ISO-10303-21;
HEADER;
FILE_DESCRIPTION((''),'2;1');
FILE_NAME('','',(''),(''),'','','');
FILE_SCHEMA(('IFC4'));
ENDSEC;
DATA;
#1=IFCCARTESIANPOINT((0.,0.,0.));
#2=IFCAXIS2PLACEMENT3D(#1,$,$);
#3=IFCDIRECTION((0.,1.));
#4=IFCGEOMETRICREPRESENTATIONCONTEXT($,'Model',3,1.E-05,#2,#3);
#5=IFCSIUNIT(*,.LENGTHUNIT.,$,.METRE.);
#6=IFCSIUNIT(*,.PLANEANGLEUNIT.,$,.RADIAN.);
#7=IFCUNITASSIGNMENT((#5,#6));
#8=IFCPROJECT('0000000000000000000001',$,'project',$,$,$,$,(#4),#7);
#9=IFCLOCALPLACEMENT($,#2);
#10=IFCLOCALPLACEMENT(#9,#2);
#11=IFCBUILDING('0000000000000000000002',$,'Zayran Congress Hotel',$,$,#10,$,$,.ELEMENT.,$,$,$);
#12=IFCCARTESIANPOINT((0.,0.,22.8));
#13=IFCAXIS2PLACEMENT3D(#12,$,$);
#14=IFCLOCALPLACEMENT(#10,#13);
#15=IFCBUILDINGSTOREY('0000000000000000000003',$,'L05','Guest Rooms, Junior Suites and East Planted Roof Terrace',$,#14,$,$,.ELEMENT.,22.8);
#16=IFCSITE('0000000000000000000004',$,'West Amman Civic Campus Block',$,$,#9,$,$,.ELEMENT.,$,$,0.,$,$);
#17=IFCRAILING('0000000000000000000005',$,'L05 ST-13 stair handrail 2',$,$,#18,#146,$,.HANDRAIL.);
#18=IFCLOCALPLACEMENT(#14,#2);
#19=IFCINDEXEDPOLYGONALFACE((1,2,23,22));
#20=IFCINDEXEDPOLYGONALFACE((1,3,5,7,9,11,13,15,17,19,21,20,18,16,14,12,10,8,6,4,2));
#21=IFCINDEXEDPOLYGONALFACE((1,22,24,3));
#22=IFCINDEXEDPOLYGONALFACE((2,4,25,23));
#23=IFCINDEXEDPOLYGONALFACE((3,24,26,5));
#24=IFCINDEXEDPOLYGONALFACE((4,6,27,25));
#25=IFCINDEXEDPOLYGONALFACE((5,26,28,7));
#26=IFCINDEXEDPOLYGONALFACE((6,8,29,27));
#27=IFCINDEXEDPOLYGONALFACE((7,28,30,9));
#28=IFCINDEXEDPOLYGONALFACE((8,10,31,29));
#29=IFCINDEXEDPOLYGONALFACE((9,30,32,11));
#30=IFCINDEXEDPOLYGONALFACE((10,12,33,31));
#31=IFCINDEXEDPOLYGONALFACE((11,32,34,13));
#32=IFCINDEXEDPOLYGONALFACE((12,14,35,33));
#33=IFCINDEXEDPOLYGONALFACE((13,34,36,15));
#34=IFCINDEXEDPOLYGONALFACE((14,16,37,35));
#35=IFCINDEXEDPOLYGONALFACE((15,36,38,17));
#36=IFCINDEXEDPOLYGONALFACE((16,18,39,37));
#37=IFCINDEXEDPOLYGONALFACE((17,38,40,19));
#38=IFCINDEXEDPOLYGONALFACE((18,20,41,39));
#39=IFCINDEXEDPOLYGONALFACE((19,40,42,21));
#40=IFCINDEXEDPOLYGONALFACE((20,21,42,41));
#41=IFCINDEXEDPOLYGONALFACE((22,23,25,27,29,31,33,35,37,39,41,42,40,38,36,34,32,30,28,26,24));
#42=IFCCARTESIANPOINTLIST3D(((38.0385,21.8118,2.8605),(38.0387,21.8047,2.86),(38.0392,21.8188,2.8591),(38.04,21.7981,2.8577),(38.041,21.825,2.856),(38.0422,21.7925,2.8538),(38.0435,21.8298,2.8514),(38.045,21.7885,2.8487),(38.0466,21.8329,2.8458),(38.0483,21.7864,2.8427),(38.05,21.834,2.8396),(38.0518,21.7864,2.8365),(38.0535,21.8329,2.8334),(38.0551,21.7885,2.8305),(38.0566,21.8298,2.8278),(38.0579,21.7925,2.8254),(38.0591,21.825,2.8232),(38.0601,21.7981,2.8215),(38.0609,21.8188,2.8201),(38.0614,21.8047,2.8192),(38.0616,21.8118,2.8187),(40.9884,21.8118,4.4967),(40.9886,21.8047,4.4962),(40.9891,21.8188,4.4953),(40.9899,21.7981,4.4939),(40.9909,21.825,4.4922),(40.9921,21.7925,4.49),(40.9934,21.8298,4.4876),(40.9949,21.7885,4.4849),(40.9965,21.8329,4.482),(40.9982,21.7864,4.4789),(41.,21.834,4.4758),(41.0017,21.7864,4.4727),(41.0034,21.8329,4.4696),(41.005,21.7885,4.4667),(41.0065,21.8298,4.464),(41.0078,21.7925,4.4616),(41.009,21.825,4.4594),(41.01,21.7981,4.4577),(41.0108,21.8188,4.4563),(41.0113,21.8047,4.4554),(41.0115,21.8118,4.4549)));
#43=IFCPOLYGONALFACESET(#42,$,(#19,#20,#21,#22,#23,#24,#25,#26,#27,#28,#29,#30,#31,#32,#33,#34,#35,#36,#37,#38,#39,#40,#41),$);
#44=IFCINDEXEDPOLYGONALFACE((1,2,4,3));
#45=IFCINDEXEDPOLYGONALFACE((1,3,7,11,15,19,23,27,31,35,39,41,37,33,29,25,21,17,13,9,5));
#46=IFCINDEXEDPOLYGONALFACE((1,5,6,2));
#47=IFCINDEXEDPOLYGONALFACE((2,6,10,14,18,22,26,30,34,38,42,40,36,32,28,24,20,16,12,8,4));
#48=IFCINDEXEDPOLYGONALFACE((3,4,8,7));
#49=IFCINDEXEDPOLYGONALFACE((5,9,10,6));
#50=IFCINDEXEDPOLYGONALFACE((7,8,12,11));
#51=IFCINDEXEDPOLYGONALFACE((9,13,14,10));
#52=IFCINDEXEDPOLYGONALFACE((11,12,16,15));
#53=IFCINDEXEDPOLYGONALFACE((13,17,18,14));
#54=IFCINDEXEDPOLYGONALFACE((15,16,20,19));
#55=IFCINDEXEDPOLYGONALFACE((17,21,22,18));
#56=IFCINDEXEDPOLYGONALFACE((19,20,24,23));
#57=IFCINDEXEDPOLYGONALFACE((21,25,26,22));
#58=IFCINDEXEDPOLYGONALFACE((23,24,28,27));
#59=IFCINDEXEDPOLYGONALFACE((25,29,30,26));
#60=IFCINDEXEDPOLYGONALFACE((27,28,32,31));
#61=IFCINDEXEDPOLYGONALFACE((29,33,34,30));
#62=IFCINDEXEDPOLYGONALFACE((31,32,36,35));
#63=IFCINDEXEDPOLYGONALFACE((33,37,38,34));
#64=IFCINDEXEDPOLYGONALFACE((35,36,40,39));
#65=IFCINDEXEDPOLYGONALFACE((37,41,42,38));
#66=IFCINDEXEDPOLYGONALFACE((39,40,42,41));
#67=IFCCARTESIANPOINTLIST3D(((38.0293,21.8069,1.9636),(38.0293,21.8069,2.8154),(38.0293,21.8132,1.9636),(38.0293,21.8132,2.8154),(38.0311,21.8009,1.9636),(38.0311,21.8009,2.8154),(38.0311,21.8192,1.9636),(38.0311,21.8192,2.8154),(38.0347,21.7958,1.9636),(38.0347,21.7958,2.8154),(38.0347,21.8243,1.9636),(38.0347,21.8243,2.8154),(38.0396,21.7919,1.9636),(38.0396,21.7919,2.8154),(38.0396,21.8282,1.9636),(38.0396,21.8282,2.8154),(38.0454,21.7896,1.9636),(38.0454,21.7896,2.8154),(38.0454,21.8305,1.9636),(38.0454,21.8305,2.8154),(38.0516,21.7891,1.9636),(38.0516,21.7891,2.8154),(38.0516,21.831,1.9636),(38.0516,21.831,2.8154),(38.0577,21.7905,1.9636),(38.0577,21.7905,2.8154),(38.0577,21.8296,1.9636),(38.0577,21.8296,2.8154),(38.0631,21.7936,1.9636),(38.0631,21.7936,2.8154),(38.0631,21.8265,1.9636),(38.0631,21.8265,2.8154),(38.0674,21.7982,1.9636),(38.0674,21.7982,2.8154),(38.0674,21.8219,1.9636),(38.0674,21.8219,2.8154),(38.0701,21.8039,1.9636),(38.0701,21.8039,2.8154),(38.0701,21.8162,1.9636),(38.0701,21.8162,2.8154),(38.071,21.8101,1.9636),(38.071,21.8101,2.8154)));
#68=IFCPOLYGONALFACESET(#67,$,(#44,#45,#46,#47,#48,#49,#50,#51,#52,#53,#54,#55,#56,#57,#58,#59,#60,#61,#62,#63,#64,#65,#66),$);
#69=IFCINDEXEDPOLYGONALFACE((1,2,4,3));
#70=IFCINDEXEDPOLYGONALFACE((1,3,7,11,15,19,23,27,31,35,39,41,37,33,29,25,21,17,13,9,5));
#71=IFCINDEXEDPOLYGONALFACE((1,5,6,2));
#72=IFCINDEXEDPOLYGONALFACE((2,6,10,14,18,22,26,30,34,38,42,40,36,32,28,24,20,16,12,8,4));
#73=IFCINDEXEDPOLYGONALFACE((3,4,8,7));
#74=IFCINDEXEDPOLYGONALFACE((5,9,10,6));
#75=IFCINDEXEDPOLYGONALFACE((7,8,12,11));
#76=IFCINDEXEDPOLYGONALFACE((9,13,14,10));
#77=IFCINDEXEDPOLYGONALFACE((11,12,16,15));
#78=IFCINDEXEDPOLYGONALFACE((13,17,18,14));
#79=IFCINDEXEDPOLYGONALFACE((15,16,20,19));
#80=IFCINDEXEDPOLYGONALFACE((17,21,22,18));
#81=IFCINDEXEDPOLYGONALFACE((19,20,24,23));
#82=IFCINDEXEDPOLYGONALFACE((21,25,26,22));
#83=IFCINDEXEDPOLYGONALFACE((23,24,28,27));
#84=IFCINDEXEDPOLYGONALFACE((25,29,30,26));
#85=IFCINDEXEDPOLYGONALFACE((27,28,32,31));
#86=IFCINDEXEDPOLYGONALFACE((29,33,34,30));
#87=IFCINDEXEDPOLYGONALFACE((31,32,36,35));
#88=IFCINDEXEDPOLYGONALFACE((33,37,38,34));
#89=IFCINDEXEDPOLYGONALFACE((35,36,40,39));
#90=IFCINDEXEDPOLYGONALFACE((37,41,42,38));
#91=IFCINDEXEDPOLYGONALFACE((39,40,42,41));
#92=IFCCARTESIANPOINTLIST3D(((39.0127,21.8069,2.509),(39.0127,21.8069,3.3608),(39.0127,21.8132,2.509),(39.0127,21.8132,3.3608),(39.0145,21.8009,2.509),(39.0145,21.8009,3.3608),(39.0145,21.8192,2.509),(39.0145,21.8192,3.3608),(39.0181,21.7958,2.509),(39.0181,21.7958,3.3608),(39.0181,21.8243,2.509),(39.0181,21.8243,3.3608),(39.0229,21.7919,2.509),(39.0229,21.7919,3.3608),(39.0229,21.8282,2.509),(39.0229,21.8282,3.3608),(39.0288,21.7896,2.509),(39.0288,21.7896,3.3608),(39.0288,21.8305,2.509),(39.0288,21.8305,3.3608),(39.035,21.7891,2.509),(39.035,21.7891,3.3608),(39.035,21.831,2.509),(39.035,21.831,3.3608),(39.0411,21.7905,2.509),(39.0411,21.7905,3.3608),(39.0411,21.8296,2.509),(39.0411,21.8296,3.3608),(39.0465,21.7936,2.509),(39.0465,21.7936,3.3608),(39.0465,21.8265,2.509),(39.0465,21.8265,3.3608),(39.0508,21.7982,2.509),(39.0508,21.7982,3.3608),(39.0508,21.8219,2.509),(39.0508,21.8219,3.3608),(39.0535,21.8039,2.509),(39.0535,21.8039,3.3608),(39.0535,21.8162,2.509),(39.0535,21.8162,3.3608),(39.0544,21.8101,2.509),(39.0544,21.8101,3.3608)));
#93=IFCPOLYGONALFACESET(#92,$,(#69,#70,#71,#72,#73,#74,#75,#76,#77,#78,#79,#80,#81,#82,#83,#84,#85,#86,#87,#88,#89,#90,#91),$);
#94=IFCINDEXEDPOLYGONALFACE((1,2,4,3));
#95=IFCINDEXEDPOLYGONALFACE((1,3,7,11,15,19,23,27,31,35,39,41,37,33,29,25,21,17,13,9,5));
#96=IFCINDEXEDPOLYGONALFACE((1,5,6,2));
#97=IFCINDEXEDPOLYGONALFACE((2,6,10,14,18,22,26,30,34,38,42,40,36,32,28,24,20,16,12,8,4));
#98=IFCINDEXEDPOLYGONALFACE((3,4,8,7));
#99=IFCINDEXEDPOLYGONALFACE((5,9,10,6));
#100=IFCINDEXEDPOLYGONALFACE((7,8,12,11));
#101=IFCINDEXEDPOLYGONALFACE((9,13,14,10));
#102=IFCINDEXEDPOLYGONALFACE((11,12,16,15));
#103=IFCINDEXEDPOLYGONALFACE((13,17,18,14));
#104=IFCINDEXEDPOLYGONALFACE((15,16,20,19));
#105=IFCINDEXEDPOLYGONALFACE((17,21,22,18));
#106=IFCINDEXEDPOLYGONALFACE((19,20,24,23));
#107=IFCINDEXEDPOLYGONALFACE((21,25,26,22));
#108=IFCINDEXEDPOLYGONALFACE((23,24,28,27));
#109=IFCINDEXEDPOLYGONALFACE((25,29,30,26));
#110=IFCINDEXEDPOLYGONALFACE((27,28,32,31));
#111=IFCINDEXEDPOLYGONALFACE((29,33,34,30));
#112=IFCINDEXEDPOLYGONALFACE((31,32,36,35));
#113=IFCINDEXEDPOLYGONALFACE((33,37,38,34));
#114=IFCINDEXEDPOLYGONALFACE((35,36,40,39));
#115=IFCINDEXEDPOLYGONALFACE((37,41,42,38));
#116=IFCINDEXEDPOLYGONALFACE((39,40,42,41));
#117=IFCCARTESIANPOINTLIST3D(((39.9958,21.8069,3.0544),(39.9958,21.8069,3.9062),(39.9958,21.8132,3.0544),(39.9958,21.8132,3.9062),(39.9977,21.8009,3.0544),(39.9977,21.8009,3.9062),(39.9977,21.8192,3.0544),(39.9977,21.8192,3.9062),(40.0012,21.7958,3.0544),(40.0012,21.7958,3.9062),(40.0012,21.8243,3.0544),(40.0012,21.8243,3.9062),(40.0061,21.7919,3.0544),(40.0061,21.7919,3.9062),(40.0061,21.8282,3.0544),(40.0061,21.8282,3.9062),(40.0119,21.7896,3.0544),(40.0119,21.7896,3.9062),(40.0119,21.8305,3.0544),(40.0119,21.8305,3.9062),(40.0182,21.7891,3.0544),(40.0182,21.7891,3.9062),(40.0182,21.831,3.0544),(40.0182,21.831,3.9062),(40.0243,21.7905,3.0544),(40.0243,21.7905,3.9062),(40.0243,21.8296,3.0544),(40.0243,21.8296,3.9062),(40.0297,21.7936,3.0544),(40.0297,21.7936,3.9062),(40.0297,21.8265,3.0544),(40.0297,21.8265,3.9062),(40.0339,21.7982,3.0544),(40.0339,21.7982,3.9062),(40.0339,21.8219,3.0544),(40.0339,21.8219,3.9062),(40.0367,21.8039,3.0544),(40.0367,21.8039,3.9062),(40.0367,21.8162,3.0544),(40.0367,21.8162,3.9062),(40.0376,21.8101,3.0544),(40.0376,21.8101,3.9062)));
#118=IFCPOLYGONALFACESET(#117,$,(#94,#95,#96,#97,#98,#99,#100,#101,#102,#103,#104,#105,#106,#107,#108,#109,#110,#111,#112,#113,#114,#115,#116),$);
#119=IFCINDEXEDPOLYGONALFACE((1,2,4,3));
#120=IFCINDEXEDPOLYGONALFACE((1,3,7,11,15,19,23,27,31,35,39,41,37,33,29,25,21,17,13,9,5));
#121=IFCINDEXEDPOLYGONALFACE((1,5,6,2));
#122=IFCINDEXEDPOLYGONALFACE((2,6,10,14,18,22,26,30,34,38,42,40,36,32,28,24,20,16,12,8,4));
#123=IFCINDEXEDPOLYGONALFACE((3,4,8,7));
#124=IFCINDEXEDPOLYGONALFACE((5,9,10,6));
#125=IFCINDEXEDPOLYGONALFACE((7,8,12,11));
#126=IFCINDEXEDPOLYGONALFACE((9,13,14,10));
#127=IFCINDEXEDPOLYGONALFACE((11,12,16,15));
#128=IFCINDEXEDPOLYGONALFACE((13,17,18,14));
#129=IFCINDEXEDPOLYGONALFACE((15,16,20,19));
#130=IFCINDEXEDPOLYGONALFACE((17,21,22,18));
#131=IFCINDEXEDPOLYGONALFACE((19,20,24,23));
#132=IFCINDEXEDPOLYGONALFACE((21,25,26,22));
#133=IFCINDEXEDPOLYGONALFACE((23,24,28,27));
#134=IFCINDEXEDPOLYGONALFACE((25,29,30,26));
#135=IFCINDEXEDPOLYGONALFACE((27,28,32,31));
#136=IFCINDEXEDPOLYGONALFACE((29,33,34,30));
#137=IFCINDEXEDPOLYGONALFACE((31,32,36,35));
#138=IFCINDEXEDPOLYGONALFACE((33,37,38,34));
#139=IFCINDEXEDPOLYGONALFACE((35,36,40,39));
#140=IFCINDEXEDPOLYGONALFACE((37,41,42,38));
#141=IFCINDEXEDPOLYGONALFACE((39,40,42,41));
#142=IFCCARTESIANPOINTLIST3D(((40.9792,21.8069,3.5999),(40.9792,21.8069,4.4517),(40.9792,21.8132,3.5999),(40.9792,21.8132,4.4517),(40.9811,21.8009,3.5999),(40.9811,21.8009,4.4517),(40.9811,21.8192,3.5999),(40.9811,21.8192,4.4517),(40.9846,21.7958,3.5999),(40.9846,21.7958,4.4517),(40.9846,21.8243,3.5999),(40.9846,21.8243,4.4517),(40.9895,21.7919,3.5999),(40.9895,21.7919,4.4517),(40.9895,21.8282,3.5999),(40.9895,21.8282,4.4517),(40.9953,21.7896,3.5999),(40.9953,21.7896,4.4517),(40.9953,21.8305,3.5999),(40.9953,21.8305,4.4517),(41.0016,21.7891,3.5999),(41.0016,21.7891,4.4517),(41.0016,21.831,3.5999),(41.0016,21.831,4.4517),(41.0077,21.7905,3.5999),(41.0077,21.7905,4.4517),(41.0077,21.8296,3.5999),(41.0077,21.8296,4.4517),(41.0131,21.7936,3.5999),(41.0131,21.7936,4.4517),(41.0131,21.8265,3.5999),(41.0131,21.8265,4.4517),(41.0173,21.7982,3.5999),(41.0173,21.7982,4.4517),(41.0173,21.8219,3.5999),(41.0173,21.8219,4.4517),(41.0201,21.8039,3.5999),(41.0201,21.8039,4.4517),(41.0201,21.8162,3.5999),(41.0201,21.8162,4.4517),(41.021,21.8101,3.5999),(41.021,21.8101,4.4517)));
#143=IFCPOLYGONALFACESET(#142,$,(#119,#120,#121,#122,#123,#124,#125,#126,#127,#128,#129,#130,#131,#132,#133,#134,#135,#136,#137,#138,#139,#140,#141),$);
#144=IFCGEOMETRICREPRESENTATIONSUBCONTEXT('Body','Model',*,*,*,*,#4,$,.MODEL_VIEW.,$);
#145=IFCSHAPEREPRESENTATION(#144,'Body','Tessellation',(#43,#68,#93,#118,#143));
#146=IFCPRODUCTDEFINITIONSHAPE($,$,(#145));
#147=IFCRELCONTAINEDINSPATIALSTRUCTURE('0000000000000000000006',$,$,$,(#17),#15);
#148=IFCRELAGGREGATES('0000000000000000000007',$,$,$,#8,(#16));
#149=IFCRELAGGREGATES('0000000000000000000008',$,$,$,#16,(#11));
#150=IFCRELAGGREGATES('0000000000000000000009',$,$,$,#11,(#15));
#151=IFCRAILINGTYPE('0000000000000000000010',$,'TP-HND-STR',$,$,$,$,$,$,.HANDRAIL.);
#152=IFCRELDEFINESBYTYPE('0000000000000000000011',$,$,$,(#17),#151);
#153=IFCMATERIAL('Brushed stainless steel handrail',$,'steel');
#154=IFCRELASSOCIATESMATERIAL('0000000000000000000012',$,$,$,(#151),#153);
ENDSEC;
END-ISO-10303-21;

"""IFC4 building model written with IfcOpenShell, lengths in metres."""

from ifc_helpers import new_model, si_unit, direction, frame, origin, origin_2d, place, context, subcontext, project, spatial, circle, extrude, material, type_object, element, save


model = new_model("IFC4")

# Units and contexts
model_context = context("Model", 3, precision=1e-05, world=origin(), true_north=direction((0.0, 1.0)))
body_context = subcontext(model_context, "Body", "Model", "MODEL_VIEW")
ifc_project = project(units=[si_unit("LENGTHUNIT", "METRE"), si_unit("PLANEANGLEUNIT", "RADIAN")], contexts=[model_context])

# Site, building, storey
site_placement = place(None, origin())
site = spatial("IfcSite", under=ifc_project, at=site_placement, Name="West Amman Civic Campus Block", CompositionType="ELEMENT", RefElevation=0.0)
building_placement = place(site_placement, origin())
building = spatial("IfcBuilding", under=site, at=building_placement, Name="Zayran Congress Hotel", CompositionType="ELEMENT")
storey_placement = place(building_placement, frame((0.0, 0.0, 22.8)))
storey = spatial("IfcBuildingStorey", under=building, at=storey_placement, Name="L05", Description="Guest Rooms, Junior Suites and East Planted Roof Terrace", CompositionType="ELEMENT", Elevation=22.8)

# Railing
ifc_material_1 = material(Name="Brushed stainless steel handrail", Category="steel")
railing_type = type_object("IfcRailingType", Name="TP-HND-STR", PredefinedType="HANDRAIL", material=ifc_material_1)
railing_placement = place(storey_placement, frame((38.05, 21.8101, 1.9636)))
element("IfcRailing", 1, at=railing_placement, inside=storey, type_object=railing_type, Name="L05 ST-13 stair handrail 2", PredefinedType="HANDRAIL", context=body_context, shape_type="SweptSolid", body=[
    extrude(circle(Radius=0.0239, at=origin_2d()), frame((0.0, 0.0, 0.876), z_axis=(0.874488, 0.0, 0.485047), x_axis=(0.0, 1.0, 0.0)), (0.0, 0.0, 1.0), 3.3733),
    extrude(circle(Radius=0.021, at=origin_2d()), origin(), (0.0, 0.0, 1.0), 0.8518),
    extrude(circle(Radius=0.021, at=origin_2d()), frame((0.9834, 0.0, 0.5454)), (0.0, 0.0, 1.0), 0.8518),
    extrude(circle(Radius=0.021, at=origin_2d()), frame((1.9666, 0.0, 1.0908)), (0.0, 0.0, 1.0), 0.8518),
    extrude(circle(Radius=0.021, at=origin_2d()), frame((2.95, 0.0, 1.6362)), (0.0, 0.0, 1.0), 0.8518),
])

save(model, "model.ifc")
